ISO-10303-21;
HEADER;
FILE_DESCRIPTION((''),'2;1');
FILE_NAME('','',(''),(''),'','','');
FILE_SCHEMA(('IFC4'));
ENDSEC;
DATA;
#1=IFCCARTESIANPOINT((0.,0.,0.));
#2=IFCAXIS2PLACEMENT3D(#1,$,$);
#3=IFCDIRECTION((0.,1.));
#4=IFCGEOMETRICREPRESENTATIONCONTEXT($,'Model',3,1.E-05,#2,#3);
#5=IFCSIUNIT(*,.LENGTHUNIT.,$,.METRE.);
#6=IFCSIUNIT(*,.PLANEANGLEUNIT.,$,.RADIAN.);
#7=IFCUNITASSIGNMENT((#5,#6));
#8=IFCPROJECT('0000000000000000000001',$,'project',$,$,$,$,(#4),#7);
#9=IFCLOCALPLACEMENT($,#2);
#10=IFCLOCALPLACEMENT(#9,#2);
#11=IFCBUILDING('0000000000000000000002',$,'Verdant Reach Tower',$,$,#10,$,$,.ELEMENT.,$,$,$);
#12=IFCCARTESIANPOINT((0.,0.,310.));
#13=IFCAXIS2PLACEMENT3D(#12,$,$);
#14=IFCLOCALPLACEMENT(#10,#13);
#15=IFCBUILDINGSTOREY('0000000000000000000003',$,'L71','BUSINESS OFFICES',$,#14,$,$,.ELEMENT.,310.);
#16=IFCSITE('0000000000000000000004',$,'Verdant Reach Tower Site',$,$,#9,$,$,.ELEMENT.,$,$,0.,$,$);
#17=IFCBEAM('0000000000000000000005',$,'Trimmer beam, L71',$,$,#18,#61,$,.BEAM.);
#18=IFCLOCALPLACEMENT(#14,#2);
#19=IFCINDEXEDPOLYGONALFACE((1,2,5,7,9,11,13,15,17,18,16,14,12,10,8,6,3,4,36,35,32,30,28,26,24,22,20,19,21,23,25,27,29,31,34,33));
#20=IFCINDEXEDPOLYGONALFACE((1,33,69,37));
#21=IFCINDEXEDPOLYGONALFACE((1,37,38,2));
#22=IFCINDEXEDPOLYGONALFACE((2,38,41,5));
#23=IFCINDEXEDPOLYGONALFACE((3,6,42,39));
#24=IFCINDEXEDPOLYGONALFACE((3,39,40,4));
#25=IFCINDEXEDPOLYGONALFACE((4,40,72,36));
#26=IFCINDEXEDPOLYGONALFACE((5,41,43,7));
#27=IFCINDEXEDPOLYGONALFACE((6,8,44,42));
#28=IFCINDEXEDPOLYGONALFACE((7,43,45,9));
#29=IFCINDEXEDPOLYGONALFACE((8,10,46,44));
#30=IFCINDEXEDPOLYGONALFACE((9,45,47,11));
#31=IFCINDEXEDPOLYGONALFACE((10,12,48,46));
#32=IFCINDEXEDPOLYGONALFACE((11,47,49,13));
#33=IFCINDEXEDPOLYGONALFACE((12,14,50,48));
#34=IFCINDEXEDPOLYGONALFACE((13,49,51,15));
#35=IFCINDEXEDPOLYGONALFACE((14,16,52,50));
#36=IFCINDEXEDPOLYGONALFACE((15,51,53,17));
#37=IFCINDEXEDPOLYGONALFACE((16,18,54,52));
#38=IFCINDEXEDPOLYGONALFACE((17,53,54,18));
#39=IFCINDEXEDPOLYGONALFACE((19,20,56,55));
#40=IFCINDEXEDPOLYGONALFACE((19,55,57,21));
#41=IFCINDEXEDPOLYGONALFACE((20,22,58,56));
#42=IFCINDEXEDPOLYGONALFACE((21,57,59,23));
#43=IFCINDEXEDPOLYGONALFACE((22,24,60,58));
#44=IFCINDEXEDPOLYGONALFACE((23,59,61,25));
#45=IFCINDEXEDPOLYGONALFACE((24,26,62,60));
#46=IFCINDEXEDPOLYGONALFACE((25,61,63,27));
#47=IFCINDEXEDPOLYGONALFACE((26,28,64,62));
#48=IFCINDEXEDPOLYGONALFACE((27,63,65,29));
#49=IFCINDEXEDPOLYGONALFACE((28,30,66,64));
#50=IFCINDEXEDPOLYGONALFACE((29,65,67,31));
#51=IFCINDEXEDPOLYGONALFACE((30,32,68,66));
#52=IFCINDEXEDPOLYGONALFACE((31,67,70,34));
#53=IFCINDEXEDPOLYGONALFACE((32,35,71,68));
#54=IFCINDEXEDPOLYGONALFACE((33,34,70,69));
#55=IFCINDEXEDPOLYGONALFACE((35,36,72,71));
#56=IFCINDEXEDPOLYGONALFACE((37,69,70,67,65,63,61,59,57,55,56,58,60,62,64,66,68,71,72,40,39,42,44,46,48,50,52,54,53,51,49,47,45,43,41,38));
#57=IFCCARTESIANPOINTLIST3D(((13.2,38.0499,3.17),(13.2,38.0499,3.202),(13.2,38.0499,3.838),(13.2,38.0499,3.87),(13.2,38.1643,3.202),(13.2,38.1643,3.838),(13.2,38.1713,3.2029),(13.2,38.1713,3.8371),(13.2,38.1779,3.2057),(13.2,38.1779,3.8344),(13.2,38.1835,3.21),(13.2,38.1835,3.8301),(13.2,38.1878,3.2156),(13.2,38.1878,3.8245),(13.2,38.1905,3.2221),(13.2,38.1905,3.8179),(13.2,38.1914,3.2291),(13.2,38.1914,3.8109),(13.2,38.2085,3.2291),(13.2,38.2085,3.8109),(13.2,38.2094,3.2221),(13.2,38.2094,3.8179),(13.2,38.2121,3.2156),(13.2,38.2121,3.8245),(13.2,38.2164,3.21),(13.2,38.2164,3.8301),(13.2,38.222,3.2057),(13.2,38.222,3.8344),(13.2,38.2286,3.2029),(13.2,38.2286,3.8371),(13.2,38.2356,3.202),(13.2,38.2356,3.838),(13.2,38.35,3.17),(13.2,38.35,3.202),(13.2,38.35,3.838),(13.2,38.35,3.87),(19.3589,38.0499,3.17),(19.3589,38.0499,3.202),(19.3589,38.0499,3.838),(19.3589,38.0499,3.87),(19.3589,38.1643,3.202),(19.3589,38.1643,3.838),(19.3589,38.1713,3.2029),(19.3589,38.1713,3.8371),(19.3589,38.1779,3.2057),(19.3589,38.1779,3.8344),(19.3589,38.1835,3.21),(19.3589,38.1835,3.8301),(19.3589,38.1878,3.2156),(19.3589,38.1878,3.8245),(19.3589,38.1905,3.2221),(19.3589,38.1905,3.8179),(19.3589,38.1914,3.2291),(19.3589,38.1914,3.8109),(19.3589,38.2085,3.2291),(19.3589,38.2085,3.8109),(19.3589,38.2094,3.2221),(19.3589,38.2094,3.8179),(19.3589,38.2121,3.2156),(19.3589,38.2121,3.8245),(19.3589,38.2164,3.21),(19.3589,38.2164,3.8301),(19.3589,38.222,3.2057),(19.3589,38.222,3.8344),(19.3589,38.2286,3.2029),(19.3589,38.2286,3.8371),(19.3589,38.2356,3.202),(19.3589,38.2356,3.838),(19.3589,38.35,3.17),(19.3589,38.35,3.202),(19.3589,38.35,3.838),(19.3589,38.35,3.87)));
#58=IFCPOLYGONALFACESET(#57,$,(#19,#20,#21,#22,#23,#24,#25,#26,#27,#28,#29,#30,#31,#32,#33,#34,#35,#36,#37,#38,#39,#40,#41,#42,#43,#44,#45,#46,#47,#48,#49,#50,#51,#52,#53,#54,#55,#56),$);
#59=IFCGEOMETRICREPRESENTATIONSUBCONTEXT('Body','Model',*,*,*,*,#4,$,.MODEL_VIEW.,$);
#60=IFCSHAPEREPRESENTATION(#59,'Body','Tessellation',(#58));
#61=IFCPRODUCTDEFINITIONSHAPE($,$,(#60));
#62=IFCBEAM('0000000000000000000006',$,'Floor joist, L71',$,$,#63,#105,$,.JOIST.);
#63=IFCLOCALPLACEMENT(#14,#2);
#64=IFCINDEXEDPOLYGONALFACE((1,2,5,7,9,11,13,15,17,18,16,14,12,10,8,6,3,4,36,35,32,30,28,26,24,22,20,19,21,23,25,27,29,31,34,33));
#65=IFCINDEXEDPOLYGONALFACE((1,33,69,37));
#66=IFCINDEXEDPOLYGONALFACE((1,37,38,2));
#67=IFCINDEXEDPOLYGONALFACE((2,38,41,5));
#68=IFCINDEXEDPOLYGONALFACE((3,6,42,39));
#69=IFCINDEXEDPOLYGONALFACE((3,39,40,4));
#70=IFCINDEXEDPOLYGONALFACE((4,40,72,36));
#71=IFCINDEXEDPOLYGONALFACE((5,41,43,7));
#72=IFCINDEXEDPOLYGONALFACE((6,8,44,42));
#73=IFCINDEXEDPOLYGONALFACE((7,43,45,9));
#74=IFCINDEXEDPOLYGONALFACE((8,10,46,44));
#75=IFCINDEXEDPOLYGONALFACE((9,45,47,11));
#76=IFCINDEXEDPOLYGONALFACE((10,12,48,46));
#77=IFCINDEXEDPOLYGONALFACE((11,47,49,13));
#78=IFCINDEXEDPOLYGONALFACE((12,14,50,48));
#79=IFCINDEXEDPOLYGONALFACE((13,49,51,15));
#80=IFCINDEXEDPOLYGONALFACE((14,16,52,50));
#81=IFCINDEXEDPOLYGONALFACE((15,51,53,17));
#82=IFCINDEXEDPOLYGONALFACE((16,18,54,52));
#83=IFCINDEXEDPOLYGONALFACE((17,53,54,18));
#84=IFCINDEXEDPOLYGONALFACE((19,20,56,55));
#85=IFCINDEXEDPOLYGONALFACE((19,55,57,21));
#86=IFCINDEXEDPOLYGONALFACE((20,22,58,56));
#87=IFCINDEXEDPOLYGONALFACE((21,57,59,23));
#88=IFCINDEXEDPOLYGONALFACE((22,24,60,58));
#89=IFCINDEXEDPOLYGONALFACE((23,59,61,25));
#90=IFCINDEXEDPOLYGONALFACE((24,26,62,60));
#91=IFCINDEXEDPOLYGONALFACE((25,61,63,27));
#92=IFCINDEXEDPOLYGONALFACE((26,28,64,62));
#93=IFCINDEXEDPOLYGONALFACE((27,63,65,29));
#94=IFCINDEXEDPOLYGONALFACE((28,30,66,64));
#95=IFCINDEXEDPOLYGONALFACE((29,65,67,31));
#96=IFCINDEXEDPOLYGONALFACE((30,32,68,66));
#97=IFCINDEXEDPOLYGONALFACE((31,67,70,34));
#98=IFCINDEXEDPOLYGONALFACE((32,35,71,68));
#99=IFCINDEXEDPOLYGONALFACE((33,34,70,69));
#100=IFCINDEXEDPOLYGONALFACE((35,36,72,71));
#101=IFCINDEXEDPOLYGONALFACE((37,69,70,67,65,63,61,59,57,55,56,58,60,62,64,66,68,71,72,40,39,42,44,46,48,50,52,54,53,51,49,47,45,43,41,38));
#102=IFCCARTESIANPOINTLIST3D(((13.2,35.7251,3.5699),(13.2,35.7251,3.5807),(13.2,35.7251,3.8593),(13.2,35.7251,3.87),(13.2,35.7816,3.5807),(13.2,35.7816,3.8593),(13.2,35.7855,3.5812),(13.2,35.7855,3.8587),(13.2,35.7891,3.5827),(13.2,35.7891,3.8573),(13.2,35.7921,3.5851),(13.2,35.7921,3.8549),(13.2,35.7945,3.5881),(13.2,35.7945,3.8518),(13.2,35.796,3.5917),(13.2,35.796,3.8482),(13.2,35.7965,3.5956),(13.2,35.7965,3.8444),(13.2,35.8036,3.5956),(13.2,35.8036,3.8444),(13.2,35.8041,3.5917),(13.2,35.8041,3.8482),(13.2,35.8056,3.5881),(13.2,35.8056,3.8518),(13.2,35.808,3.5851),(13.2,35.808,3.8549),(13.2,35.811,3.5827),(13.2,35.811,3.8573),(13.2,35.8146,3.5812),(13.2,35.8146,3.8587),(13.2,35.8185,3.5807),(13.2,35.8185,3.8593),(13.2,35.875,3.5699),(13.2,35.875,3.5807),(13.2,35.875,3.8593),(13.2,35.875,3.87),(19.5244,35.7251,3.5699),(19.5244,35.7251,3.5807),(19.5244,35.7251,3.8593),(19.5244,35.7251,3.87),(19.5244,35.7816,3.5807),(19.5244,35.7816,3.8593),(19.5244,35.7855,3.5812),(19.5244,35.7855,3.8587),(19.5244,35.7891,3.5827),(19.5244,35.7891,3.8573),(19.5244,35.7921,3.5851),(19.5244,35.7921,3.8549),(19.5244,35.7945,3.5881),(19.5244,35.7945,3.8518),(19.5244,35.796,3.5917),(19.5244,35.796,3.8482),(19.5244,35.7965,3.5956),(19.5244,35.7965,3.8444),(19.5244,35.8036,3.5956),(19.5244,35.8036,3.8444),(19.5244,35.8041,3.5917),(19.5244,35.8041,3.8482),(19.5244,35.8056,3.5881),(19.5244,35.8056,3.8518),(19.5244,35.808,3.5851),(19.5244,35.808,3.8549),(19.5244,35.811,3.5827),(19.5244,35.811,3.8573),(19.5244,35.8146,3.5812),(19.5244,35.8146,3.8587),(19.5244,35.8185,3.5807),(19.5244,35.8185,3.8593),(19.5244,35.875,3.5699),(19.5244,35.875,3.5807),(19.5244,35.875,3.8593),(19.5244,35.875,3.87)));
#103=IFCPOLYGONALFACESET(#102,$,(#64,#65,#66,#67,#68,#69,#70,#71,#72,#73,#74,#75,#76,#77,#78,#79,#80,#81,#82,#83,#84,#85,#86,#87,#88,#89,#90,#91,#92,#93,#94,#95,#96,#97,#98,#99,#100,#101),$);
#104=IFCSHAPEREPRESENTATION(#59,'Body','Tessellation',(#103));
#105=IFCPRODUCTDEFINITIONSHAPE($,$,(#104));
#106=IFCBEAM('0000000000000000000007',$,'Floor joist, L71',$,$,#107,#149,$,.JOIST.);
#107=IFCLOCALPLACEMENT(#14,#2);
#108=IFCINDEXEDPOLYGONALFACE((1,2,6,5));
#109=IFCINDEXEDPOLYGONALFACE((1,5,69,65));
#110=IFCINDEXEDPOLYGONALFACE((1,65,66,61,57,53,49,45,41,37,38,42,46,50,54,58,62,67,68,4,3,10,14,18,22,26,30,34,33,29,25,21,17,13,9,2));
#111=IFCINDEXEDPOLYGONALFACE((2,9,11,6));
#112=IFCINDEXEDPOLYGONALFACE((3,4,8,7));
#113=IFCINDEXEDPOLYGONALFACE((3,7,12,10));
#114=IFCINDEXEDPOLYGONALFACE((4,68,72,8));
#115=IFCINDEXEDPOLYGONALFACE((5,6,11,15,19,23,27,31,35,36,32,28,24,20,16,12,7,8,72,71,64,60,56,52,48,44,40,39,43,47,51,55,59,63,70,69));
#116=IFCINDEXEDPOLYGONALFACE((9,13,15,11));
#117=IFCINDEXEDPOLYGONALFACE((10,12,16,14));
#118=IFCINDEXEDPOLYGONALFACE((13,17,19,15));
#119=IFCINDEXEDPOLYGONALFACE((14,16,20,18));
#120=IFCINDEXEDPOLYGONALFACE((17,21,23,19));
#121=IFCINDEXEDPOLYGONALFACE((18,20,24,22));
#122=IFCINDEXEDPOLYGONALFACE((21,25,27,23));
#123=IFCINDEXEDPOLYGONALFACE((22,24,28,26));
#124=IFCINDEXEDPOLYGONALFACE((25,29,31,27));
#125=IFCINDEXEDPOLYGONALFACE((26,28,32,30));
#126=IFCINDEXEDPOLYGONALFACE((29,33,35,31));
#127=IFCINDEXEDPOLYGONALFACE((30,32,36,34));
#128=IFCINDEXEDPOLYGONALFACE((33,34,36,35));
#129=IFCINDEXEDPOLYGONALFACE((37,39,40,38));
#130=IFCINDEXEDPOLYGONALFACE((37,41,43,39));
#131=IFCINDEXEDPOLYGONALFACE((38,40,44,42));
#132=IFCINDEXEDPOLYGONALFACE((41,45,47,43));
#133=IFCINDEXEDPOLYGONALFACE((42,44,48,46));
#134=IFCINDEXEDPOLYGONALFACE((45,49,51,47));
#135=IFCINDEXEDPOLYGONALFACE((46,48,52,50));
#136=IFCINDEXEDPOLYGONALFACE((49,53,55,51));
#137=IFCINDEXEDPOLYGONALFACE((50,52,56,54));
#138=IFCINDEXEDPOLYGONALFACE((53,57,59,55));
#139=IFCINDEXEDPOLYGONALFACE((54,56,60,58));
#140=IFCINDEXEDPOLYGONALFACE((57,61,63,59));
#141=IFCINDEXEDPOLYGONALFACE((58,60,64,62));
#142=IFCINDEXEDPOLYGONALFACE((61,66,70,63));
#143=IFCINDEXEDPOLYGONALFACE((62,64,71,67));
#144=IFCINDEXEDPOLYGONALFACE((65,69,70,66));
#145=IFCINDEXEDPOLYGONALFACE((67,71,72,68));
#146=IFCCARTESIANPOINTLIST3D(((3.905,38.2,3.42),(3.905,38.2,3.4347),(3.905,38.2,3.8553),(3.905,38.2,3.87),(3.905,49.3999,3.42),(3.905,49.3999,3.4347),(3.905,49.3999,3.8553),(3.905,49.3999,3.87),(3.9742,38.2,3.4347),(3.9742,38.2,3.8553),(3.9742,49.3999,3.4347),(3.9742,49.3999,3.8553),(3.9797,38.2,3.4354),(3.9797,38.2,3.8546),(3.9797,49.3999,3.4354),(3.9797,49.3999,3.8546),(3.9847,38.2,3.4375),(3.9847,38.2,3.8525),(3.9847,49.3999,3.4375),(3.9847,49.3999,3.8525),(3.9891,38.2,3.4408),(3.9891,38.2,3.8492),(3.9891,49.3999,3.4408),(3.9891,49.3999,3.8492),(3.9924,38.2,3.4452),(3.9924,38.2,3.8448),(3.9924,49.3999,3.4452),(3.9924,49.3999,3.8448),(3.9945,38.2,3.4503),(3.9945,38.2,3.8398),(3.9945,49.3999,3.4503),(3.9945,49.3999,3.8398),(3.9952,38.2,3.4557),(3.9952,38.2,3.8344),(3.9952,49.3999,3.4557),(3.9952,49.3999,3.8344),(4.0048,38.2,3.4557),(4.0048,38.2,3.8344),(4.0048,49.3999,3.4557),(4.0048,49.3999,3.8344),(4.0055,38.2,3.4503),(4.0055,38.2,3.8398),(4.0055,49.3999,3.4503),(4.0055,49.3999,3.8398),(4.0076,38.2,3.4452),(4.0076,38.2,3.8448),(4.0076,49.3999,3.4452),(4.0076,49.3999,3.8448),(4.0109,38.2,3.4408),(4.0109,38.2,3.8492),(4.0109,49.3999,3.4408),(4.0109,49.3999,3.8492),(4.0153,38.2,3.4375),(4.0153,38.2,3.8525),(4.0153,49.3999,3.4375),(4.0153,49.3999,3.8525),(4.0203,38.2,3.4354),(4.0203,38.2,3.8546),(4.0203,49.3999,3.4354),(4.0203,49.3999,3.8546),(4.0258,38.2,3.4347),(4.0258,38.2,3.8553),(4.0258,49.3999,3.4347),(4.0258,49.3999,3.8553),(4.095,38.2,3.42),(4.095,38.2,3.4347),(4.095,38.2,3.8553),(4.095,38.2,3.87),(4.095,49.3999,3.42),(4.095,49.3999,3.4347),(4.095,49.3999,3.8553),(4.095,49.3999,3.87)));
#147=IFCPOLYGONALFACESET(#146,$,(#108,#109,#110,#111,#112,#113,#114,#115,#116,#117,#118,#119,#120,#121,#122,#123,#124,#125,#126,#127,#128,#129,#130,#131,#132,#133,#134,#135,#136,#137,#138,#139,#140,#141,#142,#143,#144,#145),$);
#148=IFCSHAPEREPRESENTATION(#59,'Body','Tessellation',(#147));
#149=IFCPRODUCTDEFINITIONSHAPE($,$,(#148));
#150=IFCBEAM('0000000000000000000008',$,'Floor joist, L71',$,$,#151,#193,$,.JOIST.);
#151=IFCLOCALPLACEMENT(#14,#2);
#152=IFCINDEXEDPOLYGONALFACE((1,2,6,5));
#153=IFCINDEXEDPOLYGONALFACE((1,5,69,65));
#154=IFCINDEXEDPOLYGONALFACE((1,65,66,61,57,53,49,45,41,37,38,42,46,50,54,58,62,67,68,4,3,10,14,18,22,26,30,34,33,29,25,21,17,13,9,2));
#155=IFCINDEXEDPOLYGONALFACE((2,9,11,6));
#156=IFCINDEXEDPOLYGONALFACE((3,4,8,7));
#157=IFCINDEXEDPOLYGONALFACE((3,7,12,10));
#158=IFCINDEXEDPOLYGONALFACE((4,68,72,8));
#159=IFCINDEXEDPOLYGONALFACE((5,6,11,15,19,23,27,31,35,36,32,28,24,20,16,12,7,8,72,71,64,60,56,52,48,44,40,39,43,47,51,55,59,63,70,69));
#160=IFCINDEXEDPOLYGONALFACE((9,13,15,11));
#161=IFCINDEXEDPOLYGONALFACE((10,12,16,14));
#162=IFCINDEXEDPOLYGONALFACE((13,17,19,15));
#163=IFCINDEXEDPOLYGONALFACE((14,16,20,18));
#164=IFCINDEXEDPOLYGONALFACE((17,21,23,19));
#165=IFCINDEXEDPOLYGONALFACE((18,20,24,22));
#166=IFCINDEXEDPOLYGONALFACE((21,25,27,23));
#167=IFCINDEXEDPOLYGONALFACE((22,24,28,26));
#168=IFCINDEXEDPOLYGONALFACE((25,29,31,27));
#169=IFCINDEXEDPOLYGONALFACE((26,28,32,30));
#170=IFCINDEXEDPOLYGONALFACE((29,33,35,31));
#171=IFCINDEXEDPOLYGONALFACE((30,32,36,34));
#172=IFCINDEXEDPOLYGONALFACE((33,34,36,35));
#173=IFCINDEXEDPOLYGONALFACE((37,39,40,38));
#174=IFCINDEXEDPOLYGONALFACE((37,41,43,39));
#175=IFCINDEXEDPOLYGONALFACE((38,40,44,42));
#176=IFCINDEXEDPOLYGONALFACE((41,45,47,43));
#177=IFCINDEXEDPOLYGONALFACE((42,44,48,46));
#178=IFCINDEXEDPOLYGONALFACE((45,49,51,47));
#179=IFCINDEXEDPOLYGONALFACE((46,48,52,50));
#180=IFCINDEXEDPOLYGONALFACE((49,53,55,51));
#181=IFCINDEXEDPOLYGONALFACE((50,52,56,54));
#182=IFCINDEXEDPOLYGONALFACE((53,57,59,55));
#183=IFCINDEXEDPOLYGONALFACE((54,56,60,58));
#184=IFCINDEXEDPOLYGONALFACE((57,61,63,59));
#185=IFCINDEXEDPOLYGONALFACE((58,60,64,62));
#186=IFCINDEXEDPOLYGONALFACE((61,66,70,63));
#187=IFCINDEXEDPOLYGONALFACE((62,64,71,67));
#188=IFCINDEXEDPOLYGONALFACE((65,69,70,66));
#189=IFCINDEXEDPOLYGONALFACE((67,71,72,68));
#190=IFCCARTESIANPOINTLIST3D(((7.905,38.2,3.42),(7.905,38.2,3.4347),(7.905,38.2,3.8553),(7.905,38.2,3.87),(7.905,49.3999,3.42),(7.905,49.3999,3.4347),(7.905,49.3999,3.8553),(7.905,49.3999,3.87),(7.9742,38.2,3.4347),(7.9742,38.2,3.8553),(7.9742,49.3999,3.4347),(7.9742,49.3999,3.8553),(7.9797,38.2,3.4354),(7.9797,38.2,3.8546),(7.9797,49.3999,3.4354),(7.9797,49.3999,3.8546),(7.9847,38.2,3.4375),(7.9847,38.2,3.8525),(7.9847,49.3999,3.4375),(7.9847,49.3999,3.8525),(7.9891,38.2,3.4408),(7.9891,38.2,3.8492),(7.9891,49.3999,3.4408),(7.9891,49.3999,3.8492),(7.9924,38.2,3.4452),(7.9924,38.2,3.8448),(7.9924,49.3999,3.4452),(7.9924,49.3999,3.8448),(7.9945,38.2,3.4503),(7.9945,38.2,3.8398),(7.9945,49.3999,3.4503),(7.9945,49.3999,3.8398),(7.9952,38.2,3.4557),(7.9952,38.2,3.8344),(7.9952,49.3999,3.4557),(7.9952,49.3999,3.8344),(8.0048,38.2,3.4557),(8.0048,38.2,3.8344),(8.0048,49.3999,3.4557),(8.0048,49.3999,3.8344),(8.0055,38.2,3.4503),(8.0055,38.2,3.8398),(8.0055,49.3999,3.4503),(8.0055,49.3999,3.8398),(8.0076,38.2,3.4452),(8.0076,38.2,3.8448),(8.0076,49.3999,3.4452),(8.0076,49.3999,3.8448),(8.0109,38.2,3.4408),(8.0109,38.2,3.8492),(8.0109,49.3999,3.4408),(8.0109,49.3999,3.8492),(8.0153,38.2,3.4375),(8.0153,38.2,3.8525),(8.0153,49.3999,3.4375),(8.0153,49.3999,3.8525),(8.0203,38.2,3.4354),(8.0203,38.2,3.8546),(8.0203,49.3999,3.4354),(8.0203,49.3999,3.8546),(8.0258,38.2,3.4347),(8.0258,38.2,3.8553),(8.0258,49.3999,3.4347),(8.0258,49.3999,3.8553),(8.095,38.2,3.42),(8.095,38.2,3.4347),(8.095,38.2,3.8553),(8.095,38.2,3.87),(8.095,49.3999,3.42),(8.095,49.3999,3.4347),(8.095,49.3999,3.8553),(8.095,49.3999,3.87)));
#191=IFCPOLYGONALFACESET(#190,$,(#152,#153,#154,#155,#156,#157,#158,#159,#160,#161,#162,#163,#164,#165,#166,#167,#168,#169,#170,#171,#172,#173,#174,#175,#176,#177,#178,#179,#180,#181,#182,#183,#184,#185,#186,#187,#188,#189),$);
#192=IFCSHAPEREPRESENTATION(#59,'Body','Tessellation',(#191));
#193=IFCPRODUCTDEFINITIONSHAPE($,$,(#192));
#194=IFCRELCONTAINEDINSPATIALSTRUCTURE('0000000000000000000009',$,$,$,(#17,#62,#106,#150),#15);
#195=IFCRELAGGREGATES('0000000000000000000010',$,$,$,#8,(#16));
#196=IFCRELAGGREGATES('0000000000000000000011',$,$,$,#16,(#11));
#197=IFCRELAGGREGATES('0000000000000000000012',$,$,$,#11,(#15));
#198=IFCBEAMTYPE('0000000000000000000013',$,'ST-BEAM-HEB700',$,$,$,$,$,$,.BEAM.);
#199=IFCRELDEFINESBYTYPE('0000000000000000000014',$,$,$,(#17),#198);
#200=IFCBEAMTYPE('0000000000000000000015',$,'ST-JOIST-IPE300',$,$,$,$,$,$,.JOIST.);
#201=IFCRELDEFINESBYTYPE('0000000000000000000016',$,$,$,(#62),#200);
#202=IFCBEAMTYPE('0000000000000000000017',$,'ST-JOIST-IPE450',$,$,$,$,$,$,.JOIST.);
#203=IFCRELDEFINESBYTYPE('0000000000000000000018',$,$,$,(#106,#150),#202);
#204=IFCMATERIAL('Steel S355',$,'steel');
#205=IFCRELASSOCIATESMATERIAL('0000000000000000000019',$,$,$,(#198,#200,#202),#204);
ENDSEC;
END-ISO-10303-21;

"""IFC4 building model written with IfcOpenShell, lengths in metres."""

from ifc_helpers import new_model, si_unit, direction, frame, origin, origin_2d, place, context, subcontext, project, spatial, i_section, extrude, material, material_profile, profile_set, type_object, element, save


model = new_model("IFC4")

# Units and contexts
model_context = context("Model", 3, precision=1e-05, world=origin(), true_north=direction((0.0, 1.0)))
body_context = subcontext(model_context, "Body", "Model", "MODEL_VIEW")
ifc_project = project(units=[si_unit("LENGTHUNIT", "METRE"), si_unit("PLANEANGLEUNIT", "RADIAN")], contexts=[model_context])

# Site, building, storey
site_placement = place(None, origin())
site = spatial("IfcSite", under=ifc_project, at=site_placement, Name="Verdant Reach Tower Site", CompositionType="ELEMENT", RefElevation=0.0)
building_placement = place(site_placement, origin())
building = spatial("IfcBuilding", under=site, at=building_placement, Name="Verdant Reach Tower", CompositionType="ELEMENT")
storey_placement = place(building_placement, frame((0.0, 0.0, 310.0)))
storey = spatial("IfcBuildingStorey", under=building, at=storey_placement, Name="L71", Description="BUSINESS OFFICES", CompositionType="ELEMENT", Elevation=310.0)

# Beams
ifc_material_1 = material(Name="Steel S355", Category="steel")
ifc_material_profile_1 = material_profile(ifc_material_1, i_section(OverallWidth=0.3, OverallDepth=0.7, WebThickness=0.0171, FlangeThickness=0.032, FilletRadius=0.0271, at=origin_2d()), Name="HEB 700")
ifc_profile_set_1 = profile_set([ifc_material_profile_1], Name="Steel S355")
beam_type_1 = type_object("IfcBeamType", Name="ST-BEAM-HEB700", PredefinedType="BEAM", material=ifc_profile_set_1)
beam_1_placement = place(storey_placement, frame((13.2, 38.2, 3.52), z_axis=(1.0, 0.0, 0.0), x_axis=(0.0, 1.0, 0.0)))
element("IfcBeam", 1, at=beam_1_placement, inside=storey, type_object=beam_type_1, Name="Trimmer beam, L71", PredefinedType="BEAM", context=body_context, shape_type="SweptSolid", body=[
    extrude(i_section(OverallWidth=0.3, OverallDepth=0.7, WebThickness=0.0171, FlangeThickness=0.032, FilletRadius=0.0271, at=origin_2d()), origin(), (0.0, 0.0, 1.0), 6.1589),
])
ifc_material_profile_2 = material_profile(ifc_material_1, i_section(OverallWidth=0.1499, OverallDepth=0.3, WebThickness=0.0071, FlangeThickness=0.0107, FilletRadius=0.0149, at=origin_2d()), Name="IPE 300")
ifc_profile_set_2 = profile_set([ifc_material_profile_2], Name="Steel S355")
beam_type_2 = type_object("IfcBeamType", Name="ST-JOIST-IPE300", PredefinedType="JOIST", material=ifc_profile_set_2)
beam_2_placement = place(storey_placement, frame((13.2, 35.8, 3.72), z_axis=(1.0, 0.0, 0.0), x_axis=(0.0, 1.0, 0.0)))
element("IfcBeam", 2, at=beam_2_placement, inside=storey, type_object=beam_type_2, Name="Floor joist, L71", PredefinedType="JOIST", context=body_context, shape_type="SweptSolid", body=[
    extrude(i_section(OverallWidth=0.1499, OverallDepth=0.3, WebThickness=0.0071, FlangeThickness=0.0107, FilletRadius=0.0149, at=origin_2d()), origin(), (0.0, 0.0, 1.0), 6.3245),
])
ifc_material_profile_3 = material_profile(ifc_material_1, i_section(OverallWidth=0.1899, OverallDepth=0.45, WebThickness=0.0095, FlangeThickness=0.0146, FilletRadius=0.021, at=origin_2d()), Name="IPE 450")
ifc_profile_set_3 = profile_set([ifc_material_profile_3], Name="Steel S355")
beam_type_3 = type_object("IfcBeamType", Name="ST-JOIST-IPE450", PredefinedType="JOIST", material=ifc_profile_set_3)
for number, where, z_axis, x_axis, name in (
    (3, (4.0, 38.2, 3.645), (0.0, 1.0, 0.0), (-1.0, 0.0, 0.0), "Floor joist, L71"),
    (4, (8.0, 38.2, 3.645), (0.0, 1.0, 0.0), (-1.0, 0.0, 0.0), "Floor joist, L71"),
):
    element("IfcBeam", number, at=place(storey_placement, frame(where, z_axis=z_axis, x_axis=x_axis)), inside=storey, type_object=beam_type_3, Name=name, PredefinedType="JOIST", context=body_context, shape_type="SweptSolid", body=[
        extrude(i_section(OverallWidth=0.1899, OverallDepth=0.45, WebThickness=0.0095, FlangeThickness=0.0146, FilletRadius=0.021, at=origin_2d()), origin(), (0.0, 0.0, 1.0), 11.2),
    ])

save(model, "model.ifc")
